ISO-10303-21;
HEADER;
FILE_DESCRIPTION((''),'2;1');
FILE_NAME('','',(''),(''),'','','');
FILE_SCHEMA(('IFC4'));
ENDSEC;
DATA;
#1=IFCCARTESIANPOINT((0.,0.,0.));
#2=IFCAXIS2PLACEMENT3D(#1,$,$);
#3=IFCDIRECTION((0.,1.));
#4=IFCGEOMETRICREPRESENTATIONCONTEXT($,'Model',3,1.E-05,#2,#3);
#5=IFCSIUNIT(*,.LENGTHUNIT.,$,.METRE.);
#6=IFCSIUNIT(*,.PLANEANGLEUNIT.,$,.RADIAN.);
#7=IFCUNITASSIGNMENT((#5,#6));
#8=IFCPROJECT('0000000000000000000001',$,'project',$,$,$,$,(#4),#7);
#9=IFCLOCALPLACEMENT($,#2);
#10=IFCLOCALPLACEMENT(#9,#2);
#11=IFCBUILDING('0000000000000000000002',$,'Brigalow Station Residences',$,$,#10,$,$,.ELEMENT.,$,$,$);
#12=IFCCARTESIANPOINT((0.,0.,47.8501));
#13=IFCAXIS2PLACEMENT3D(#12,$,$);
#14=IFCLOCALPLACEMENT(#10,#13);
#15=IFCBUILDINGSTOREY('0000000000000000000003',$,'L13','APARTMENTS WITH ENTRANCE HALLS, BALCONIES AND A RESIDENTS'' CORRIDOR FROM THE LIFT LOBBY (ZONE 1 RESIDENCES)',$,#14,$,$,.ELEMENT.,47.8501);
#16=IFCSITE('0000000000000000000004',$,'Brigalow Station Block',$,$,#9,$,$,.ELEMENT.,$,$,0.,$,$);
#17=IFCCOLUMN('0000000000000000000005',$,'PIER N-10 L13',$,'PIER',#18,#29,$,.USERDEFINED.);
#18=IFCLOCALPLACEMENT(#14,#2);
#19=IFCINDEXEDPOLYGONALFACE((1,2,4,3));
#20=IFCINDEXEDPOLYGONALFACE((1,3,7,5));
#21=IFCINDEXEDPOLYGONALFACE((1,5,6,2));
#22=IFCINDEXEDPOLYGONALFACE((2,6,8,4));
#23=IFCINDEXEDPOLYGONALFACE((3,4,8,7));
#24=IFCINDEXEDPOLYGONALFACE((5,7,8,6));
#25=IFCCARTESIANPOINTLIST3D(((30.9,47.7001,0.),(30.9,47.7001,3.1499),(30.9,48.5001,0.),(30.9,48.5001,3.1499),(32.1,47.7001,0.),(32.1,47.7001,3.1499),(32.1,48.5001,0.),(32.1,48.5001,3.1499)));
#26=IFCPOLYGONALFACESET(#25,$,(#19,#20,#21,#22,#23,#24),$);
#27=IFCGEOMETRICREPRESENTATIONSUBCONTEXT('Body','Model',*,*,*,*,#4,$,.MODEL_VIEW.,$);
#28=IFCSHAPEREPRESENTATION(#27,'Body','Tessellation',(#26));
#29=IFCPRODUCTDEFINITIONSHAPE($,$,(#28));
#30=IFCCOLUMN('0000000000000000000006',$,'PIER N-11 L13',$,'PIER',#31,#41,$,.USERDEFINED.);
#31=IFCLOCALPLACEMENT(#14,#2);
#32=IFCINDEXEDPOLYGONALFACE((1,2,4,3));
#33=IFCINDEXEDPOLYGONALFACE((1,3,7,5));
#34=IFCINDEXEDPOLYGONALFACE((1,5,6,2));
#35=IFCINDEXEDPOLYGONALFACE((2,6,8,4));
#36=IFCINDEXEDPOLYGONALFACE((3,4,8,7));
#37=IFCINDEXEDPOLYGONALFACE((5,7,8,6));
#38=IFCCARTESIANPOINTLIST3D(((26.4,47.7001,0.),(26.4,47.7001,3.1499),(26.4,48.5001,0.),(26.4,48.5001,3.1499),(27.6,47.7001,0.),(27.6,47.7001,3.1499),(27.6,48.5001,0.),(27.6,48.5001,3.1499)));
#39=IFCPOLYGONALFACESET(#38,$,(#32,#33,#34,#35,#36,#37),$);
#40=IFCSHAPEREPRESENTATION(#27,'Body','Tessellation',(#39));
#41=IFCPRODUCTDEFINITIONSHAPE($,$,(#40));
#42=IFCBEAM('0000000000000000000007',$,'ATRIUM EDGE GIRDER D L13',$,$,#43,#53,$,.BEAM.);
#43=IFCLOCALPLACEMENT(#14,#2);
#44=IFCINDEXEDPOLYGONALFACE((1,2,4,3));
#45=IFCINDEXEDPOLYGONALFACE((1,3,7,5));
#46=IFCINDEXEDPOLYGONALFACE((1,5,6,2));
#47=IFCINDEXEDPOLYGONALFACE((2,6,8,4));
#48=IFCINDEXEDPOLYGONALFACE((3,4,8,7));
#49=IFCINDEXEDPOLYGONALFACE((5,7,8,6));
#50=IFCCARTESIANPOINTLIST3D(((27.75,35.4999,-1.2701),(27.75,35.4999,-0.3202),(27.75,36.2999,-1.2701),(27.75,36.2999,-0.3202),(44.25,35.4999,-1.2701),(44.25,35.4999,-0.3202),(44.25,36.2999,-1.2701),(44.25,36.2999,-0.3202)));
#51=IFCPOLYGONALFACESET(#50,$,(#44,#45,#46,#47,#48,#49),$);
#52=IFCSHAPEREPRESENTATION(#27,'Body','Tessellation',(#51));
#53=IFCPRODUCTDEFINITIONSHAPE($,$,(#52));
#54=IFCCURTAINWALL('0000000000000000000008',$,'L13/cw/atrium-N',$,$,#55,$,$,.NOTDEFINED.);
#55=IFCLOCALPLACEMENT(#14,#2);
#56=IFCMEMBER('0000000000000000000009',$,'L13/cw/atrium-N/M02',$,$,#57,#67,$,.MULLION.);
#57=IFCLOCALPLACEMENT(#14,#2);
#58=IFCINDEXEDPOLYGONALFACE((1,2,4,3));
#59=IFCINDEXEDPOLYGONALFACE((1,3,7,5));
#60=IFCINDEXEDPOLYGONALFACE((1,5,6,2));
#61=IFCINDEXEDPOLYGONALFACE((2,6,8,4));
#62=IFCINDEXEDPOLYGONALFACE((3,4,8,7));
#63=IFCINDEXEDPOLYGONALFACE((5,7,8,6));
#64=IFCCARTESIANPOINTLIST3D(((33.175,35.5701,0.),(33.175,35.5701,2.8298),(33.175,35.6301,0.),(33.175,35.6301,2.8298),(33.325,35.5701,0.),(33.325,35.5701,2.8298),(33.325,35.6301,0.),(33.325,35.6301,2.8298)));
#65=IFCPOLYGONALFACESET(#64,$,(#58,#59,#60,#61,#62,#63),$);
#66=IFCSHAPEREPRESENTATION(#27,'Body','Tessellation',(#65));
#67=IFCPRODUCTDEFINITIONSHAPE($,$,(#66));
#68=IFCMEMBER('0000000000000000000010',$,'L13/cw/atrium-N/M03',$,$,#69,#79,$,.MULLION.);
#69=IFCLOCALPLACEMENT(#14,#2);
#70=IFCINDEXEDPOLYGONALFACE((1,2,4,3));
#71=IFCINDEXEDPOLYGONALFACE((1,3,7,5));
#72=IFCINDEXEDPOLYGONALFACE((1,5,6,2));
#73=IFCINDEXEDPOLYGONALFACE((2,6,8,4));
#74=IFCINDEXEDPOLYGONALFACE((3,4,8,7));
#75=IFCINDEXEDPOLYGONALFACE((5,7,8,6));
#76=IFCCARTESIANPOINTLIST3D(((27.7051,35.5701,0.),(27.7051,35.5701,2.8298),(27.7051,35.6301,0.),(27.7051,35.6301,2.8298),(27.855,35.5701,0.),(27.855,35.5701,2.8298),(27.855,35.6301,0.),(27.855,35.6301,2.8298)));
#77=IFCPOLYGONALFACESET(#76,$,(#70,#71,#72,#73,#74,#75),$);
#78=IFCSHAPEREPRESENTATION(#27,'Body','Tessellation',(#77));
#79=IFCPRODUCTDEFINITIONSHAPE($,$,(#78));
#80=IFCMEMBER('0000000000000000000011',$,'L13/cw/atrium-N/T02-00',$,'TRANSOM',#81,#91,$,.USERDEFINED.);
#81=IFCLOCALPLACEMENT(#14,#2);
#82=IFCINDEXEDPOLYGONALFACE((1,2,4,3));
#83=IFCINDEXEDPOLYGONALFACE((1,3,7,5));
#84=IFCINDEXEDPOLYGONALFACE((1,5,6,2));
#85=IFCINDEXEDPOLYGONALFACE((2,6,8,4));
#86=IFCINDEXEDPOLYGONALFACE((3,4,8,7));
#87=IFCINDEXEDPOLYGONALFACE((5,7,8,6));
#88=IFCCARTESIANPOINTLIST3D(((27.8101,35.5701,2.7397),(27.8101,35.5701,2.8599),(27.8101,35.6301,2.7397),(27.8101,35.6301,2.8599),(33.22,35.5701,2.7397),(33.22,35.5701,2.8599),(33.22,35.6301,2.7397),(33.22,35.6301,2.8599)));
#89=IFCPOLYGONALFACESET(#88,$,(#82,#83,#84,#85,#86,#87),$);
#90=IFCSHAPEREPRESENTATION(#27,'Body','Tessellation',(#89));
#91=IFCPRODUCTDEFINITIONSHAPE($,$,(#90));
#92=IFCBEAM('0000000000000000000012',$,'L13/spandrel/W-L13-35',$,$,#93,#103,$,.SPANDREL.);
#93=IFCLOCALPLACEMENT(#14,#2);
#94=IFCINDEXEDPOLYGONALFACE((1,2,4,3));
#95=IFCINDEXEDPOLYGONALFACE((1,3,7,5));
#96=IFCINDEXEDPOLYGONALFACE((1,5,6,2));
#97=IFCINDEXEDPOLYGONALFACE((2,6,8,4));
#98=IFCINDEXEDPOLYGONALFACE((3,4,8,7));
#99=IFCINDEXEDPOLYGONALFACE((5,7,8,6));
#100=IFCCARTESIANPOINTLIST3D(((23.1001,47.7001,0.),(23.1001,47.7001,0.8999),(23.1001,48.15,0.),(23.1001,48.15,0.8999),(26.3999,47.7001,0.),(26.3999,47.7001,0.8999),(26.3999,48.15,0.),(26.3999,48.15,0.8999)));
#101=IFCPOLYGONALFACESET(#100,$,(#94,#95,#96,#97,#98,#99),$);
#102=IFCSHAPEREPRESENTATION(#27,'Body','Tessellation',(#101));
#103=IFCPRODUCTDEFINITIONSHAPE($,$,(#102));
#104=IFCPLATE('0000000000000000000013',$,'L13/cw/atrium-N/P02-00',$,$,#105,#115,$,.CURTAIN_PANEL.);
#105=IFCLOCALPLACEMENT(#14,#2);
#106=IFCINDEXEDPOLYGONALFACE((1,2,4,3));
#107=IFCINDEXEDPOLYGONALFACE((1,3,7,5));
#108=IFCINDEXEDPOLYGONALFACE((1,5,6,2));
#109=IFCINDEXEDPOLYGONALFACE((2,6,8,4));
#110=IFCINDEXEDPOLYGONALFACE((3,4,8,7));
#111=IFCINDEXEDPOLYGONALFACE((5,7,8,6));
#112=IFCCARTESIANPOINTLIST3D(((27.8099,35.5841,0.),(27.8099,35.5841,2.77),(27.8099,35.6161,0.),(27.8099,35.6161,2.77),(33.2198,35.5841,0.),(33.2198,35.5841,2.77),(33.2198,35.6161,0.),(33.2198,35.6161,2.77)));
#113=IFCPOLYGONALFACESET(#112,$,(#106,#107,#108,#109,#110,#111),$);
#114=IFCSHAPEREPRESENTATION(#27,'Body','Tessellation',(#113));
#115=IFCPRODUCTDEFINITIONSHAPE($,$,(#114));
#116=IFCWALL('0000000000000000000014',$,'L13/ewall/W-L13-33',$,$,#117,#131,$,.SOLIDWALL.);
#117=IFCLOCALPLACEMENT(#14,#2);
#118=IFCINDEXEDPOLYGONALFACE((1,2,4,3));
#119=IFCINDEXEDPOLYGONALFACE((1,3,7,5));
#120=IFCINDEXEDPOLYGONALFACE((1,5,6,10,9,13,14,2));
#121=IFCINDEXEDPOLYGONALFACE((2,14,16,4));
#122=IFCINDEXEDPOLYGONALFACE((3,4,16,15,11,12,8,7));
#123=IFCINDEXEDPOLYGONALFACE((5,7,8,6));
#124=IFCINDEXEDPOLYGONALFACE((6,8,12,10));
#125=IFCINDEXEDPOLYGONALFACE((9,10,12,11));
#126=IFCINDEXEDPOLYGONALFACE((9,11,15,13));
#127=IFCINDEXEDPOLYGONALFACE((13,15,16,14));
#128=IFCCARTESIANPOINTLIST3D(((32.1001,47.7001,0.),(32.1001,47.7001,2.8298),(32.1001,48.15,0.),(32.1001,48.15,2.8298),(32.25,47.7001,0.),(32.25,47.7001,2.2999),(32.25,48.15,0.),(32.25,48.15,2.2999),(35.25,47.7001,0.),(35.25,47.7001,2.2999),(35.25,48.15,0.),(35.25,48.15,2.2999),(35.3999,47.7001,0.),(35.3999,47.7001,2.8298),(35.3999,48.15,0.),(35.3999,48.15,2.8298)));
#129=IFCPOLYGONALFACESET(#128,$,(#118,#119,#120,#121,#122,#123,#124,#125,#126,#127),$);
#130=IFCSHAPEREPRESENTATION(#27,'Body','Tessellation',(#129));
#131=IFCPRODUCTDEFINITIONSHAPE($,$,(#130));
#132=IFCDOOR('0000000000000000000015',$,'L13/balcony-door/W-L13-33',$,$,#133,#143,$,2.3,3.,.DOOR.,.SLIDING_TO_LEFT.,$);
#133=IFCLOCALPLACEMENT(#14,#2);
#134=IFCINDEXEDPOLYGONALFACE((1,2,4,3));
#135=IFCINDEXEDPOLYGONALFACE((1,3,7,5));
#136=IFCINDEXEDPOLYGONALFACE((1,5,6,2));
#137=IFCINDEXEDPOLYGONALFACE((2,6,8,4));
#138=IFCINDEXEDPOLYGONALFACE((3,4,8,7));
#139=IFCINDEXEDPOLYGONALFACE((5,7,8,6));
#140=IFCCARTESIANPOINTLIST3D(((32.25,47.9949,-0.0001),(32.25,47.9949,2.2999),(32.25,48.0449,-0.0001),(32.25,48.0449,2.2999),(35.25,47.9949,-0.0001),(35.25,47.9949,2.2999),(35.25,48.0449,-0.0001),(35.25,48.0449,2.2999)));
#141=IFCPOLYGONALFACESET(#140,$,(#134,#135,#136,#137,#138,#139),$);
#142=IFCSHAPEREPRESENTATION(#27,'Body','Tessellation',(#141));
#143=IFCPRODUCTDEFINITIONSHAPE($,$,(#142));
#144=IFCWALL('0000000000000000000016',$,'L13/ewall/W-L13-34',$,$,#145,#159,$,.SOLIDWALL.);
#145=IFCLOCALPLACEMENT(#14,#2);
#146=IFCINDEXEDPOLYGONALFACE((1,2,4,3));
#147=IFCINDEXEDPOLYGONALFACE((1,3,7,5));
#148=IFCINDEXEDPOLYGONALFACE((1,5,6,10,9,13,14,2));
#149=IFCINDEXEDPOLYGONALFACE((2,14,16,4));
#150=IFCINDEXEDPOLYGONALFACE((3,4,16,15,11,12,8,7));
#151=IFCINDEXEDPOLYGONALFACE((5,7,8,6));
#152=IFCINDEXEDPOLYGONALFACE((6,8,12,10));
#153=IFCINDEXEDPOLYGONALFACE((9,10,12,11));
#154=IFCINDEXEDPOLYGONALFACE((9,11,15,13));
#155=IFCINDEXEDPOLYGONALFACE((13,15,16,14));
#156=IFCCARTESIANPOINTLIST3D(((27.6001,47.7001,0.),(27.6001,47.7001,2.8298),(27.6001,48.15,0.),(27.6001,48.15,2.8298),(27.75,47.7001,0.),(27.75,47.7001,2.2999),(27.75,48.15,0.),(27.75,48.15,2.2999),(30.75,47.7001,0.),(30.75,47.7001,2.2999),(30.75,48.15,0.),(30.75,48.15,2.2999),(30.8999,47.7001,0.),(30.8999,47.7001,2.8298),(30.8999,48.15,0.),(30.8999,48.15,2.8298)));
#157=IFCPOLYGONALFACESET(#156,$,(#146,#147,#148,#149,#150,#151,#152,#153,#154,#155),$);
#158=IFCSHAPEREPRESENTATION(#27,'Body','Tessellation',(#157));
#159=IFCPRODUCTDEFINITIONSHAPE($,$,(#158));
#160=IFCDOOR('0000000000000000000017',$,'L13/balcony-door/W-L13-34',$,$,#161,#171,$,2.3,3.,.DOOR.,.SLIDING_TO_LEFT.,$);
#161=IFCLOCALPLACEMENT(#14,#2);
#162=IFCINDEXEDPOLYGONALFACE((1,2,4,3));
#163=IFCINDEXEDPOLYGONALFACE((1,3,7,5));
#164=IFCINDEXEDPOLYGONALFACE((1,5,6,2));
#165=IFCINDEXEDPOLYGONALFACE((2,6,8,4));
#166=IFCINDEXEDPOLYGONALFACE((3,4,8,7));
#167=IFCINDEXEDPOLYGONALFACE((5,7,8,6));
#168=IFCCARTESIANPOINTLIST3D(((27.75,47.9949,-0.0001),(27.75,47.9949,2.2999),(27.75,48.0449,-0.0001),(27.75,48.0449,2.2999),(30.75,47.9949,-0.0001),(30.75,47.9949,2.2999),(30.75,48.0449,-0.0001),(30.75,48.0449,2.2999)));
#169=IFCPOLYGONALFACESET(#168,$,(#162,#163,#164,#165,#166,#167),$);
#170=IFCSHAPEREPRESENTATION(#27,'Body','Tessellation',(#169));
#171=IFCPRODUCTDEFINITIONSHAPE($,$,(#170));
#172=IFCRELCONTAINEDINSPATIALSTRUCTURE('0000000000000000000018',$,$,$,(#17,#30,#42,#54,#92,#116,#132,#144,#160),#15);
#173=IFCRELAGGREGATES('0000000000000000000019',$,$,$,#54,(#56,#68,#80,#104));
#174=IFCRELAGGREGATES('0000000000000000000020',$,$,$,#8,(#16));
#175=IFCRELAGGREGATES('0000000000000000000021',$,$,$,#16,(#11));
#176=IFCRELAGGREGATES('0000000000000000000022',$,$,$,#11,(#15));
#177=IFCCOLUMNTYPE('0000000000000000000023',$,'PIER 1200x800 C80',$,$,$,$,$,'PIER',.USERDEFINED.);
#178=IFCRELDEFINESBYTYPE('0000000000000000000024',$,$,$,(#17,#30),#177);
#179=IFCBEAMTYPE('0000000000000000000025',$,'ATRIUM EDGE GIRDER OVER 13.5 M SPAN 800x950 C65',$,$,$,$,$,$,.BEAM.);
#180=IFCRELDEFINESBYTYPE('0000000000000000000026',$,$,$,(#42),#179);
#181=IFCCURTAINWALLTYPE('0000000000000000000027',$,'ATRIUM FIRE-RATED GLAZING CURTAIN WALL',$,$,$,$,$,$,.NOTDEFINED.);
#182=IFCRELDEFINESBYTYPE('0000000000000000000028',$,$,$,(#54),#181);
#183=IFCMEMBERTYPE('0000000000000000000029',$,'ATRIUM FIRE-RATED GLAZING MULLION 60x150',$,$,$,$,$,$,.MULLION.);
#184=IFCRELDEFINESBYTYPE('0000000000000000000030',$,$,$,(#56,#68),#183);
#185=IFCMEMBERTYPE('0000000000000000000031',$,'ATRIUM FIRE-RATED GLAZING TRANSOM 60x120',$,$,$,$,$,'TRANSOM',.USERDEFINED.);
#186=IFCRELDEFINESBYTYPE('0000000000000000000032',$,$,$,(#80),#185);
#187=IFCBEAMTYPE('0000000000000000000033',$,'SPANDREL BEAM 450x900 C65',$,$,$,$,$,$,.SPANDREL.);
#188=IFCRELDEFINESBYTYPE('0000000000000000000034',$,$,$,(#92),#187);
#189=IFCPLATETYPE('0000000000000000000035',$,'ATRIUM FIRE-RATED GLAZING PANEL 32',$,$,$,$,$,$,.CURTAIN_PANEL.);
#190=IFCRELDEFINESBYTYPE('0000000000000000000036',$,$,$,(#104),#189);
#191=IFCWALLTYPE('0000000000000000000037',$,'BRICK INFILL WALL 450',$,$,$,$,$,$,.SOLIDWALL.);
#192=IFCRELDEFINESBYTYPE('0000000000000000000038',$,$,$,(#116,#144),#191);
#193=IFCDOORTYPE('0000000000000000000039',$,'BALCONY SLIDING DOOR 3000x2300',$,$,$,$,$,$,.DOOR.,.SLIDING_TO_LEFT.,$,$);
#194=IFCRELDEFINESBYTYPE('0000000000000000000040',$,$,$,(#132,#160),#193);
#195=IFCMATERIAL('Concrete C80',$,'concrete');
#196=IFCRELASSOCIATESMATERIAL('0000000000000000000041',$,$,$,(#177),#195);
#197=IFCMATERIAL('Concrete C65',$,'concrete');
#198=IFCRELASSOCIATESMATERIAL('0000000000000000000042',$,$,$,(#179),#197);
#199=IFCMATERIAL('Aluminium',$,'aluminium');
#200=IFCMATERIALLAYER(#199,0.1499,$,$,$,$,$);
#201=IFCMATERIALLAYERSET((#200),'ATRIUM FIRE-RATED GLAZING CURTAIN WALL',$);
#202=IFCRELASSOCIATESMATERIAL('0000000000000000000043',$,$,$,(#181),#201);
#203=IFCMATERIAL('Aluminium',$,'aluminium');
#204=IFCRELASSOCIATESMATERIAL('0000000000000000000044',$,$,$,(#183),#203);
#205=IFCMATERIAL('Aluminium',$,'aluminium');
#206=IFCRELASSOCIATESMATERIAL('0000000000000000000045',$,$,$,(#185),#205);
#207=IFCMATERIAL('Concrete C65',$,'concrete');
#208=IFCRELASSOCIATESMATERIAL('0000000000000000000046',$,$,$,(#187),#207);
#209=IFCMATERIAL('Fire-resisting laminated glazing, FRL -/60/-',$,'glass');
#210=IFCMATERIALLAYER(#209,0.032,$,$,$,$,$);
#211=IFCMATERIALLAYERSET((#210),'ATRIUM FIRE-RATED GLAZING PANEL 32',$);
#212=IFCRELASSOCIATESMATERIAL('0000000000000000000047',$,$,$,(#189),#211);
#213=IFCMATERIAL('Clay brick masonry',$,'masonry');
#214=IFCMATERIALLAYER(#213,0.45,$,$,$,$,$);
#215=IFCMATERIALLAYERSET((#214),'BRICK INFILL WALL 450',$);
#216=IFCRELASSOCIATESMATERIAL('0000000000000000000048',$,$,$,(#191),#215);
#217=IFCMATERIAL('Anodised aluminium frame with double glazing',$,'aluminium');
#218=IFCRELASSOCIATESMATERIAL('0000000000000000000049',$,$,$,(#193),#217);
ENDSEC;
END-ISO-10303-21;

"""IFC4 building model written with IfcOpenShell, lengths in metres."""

from ifc_helpers import new_model, si_unit, direction, frame, frame_2d, origin, origin_2d, place, context, subcontext, project, spatial, rectangle, extrude, material, layer, layer_set, material_profile, profile_set, type_object, element, fill, aggregate, save


model = new_model("IFC4")

# Units and contexts
model_context = context("Model", 3, precision=1e-05, world=origin(), true_north=direction((0.0, 1.0)))
body_context = subcontext(model_context, "Body", "Model", "MODEL_VIEW")
ifc_project = project(units=[si_unit("LENGTHUNIT", "METRE"), si_unit("PLANEANGLEUNIT", "RADIAN")], contexts=[model_context])

# Site, building, storey
site_placement = place(None, origin())
site = spatial("IfcSite", under=ifc_project, at=site_placement, Name="Brigalow Station Block", CompositionType="ELEMENT", RefElevation=0.0)
building_placement = place(site_placement, origin())
building = spatial("IfcBuilding", under=site, at=building_placement, Name="Brigalow Station Residences", CompositionType="ELEMENT")
storey_placement = place(building_placement, frame((0.0, 0.0, 47.8501)))
storey = spatial("IfcBuildingStorey", under=building, at=storey_placement, Name="L13", Description="APARTMENTS WITH ENTRANCE HALLS, BALCONIES AND A RESIDENTS' CORRIDOR FROM THE LIFT LOBBY (ZONE 1 RESIDENCES)", CompositionType="ELEMENT", Elevation=47.8501)

# Columns
ifc_material_1 = material(Name="Concrete C80", Category="concrete")
ifc_material_profile_1 = material_profile(ifc_material_1, rectangle(XDim=1.2, YDim=0.8, at=origin_2d()), Name="RC1200x800")
ifc_profile_set_1 = profile_set([ifc_material_profile_1], Name="Concrete C80")
column_type = type_object("IfcColumnType", Name="PIER 1200x800 C80", ElementType="PIER", PredefinedType="USERDEFINED", material=ifc_profile_set_1)
for number, where, z_axis, x_axis, name in (
    (1, (31.5, 48.1001, 0.0), (0.0, 0.0, 1.0), (-1.0, 0.0, 0.0), "PIER N-10 L13"),
    (2, (27.0, 48.1001, 0.0), (0.0, 0.0, 1.0), (-1.0, 0.0, 0.0), "PIER N-11 L13"),
):
    element("IfcColumn", number, at=place(storey_placement, frame(where, z_axis=z_axis, x_axis=x_axis)), inside=storey, type_object=column_type, Name=name, ObjectType="PIER", PredefinedType="USERDEFINED", context=body_context, shape_type="SweptSolid", body=[
        extrude(rectangle(XDim=1.2, YDim=0.8, at=origin_2d()), origin(), (0.0, 0.0, 1.0), 3.1499),
    ])

# Beam
ifc_material_2 = material(Name="Concrete C65", Category="concrete")
ifc_material_profile_2 = material_profile(ifc_material_2, rectangle(XDim=0.8, YDim=0.95, at=origin_2d()), Name="RC800x950")
ifc_profile_set_2 = profile_set([ifc_material_profile_2], Name="Concrete C65")
beam_type_1 = type_object("IfcBeamType", Name="ATRIUM EDGE GIRDER OVER 13.5 M SPAN 800x950 C65", PredefinedType="BEAM", material=ifc_profile_set_2)
beam_1_placement = place(storey_placement, frame((27.75, 35.8999, -0.7952), z_axis=(1.0, 0.0, 0.0), x_axis=(0.0, 1.0, 0.0)))
element("IfcBeam", 3, at=beam_1_placement, inside=storey, type_object=beam_type_1, Name="ATRIUM EDGE GIRDER D L13", PredefinedType="BEAM", context=body_context, shape_type="SweptSolid", body=[
    extrude(rectangle(XDim=0.8, YDim=0.95, at=origin_2d()), origin(), (0.0, 0.0, 1.0), 16.5),
])

# Curtain wall, members
ifc_material_3 = material(Name="Aluminium", Category="aluminium")
ifc_layer_1 = layer(ifc_material_3, 0.1499)
ifc_layer_set_1 = layer_set([ifc_layer_1], Name="ATRIUM FIRE-RATED GLAZING CURTAIN WALL")
curtain_wall_type = type_object("IfcCurtainWallType", Name="ATRIUM FIRE-RATED GLAZING CURTAIN WALL", PredefinedType="NOTDEFINED", material=ifc_layer_set_1)
curtain_wall_placement = place(storey_placement, origin())
curtain_wall = element("IfcCurtainWall", 4, at=curtain_wall_placement, inside=storey, type_object=curtain_wall_type, Name="L13/cw/atrium-N", PredefinedType="NOTDEFINED")
ifc_material_4 = material(Name="Aluminium", Category="aluminium")
ifc_material_profile_3 = material_profile(ifc_material_4, rectangle(XDim=0.0601, YDim=0.1499, at=origin_2d()), Name="ATRIUM FIRE-RATED GLAZING MULLION 60x150")
ifc_profile_set_3 = profile_set([ifc_material_profile_3], Name="Aluminium")
member_type_1 = type_object("IfcMemberType", Name="ATRIUM FIRE-RATED GLAZING MULLION 60x150", PredefinedType="MULLION", material=ifc_profile_set_3)
member_1_placement = place(storey_placement, frame((33.25, 35.6001, 0.0), z_axis=(0.0, 0.0, 1.0), x_axis=(0.0, -1.0, 0.0)))
member_1 = element("IfcMember", 5, at=member_1_placement, type_object=member_type_1, Name="L13/cw/atrium-N/M02", PredefinedType="MULLION", context=body_context, shape_type="SweptSolid", body=[
    extrude(rectangle(XDim=0.0601, YDim=0.1499, at=origin_2d()), origin(), (0.0, 0.0, 1.0), 2.8298),
])
member_2_placement = place(storey_placement, frame((27.78, 35.6001, 0.0), z_axis=(0.0, 0.0, 1.0), x_axis=(0.0, -1.0, 0.0)))
member_2 = element("IfcMember", 6, at=member_2_placement, type_object=member_type_1, Name="L13/cw/atrium-N/M03", PredefinedType="MULLION", context=body_context, shape_type="SweptSolid", body=[
    extrude(rectangle(XDim=0.0601, YDim=0.1499, at=origin_2d()), origin(), (0.0, 0.0, 1.0), 2.8298),
])
ifc_material_5 = material(Name="Aluminium", Category="aluminium")
ifc_material_profile_4 = material_profile(ifc_material_5, rectangle(XDim=0.0601, YDim=0.1201, at=origin_2d()), Name="ATRIUM FIRE-RATED GLAZING TRANSOM 60x120")
ifc_profile_set_4 = profile_set([ifc_material_profile_4], Name="Aluminium")
member_type_2 = type_object("IfcMemberType", Name="ATRIUM FIRE-RATED GLAZING TRANSOM 60x120", ElementType="TRANSOM", PredefinedType="USERDEFINED", material=ifc_profile_set_4)
member_3_placement = place(storey_placement, frame((33.22, 35.6001, 2.7998), z_axis=(-1.0, 0.0, 0.0), x_axis=(0.0, -1.0, 0.0)))
member_3 = element("IfcMember", 7, at=member_3_placement, type_object=member_type_2, Name="L13/cw/atrium-N/T02-00", ObjectType="TRANSOM", PredefinedType="USERDEFINED", context=body_context, shape_type="SweptSolid", body=[
    extrude(rectangle(XDim=0.0601, YDim=0.1201, at=origin_2d()), origin(), (0.0, 0.0, 1.0), 5.4099),
])

# Beam
ifc_material_6 = material(Name="Concrete C65", Category="concrete")
ifc_material_profile_5 = material_profile(ifc_material_6, rectangle(XDim=0.45, YDim=0.8999, at=origin_2d()), Name="RC450x900")
ifc_profile_set_5 = profile_set([ifc_material_profile_5], Name="Concrete C65")
beam_type_2 = type_object("IfcBeamType", Name="SPANDREL BEAM 450x900 C65", PredefinedType="SPANDREL", material=ifc_profile_set_5)
beam_2_placement = place(storey_placement, frame((26.3999, 47.925, 0.45), z_axis=(-1.0, 0.0, 0.0), x_axis=(0.0, -1.0, 0.0)))
element("IfcBeam", 8, at=beam_2_placement, inside=storey, type_object=beam_type_2, Name="L13/spandrel/W-L13-35", PredefinedType="SPANDREL", context=body_context, shape_type="SweptSolid", body=[
    extrude(rectangle(XDim=0.45, YDim=0.8999, at=origin_2d()), origin(), (0.0, 0.0, 1.0), 3.2998),
])

# Plate
ifc_material_7 = material(Name="Fire-resisting laminated glazing, FRL -/60/-", Category="glass")
ifc_layer_2 = layer(ifc_material_7, 0.032)
ifc_layer_set_2 = layer_set([ifc_layer_2], Name="ATRIUM FIRE-RATED GLAZING PANEL 32")
plate_type = type_object("IfcPlateType", Name="ATRIUM FIRE-RATED GLAZING PANEL 32", PredefinedType="CURTAIN_PANEL", material=ifc_layer_set_2)
plate_placement = place(storey_placement, frame((30.5149, 35.6001, 0.0), z_axis=(0.0, 0.0, 1.0), x_axis=(-1.0, 0.0, 0.0)))
plate = element("IfcPlate", 9, at=plate_placement, type_object=plate_type, Name="L13/cw/atrium-N/P02-00", PredefinedType="CURTAIN_PANEL", context=body_context, shape_type="SweptSolid", body=[
    extrude(rectangle(XDim=5.4099, YDim=0.032, at=origin_2d()), origin(), (0.0, 0.0, 1.0), 2.77),
])
aggregate(curtain_wall, [member_1, member_2, member_3, plate])

# Walls, openings, doors
ifc_material_8 = material(Name="Clay brick masonry", Category="masonry")
ifc_layer_3 = layer(ifc_material_8, 0.45)
ifc_layer_set_3 = layer_set([ifc_layer_3], Name="BRICK INFILL WALL 450")
wall_type_1 = type_object("IfcWallType", Name="BRICK INFILL WALL 450", PredefinedType="SOLIDWALL", material=ifc_layer_set_3)
wall_1_placement = place(storey_placement, frame((35.3999, 47.925, 0.0), z_axis=(0.0, 0.0, 1.0), x_axis=(-1.0, 0.0, 0.0)))
wall_1 = element("IfcWall", 10, at=wall_1_placement, inside=storey, type_object=wall_type_1, Name="L13/ewall/W-L13-33", PredefinedType="SOLIDWALL", context=body_context, shape_type="SweptSolid", body=[
    extrude(rectangle(XDim=3.2998, YDim=0.45, at=frame_2d((1.6499, 0.0))), origin(), (0.0, 0.0, 1.0), 2.8298),
])
opening_1_placement = place(wall_1_placement, frame((0.1499, 0.0, 0.0)))
opening_1 = element("IfcOpeningElement", 11, at=opening_1_placement, cuts=wall_1, PredefinedType="OPENING", context=body_context, shape_type="SweptSolid", body=[
    extrude(rectangle(XDim=3.0, YDim=2.3, at=frame_2d((1.5, 1.1499))), frame((0.0, 0.2349, 0.0), z_axis=(0.0, -1.0, 0.0), x_axis=(1.0, 0.0, 0.0)), (0.0, 0.0, 1.0), 0.47),
])
ifc_material_9 = material(Name="Anodised aluminium frame with double glazing", Category="aluminium")
door_type_1 = type_object("IfcDoorType", Name="BALCONY SLIDING DOOR 3000x2300", OperationType="SLIDING_TO_LEFT", PredefinedType="DOOR", material=ifc_material_9)
door_1_placement = place(opening_1_placement, origin())
door_1 = element("IfcDoor", 12, at=door_1_placement, inside=storey, type_object=door_type_1, Name="L13/balcony-door/W-L13-33", OperationType="SLIDING_TO_LEFT", OverallHeight=2.3, OverallWidth=3.0, PredefinedType="DOOR", context=body_context, shape_type="SweptSolid", body=[
    extrude(rectangle(XDim=3.0, YDim=2.3, at=frame_2d((1.5, 1.1499))), frame((0.0, -0.0698, 0.0), z_axis=(0.0, -1.0, 0.0), x_axis=(1.0, 0.0, 0.0)), (0.0, 0.0, 1.0), 0.05),
])
fill(opening_1, door_1)
wall_2_placement = place(storey_placement, frame((30.8999, 47.925, 0.0), z_axis=(0.0, 0.0, 1.0), x_axis=(-1.0, 0.0, 0.0)))
wall_2 = element("IfcWall", 13, at=wall_2_placement, inside=storey, type_object=wall_type_1, Name="L13/ewall/W-L13-34", PredefinedType="SOLIDWALL", context=body_context, shape_type="SweptSolid", body=[
    extrude(rectangle(XDim=3.2998, YDim=0.45, at=frame_2d((1.6499, 0.0))), origin(), (0.0, 0.0, 1.0), 2.8298),
])
opening_2_placement = place(wall_2_placement, frame((0.1499, 0.0, 0.0)))
opening_2 = element("IfcOpeningElement", 14, at=opening_2_placement, cuts=wall_2, PredefinedType="OPENING", context=body_context, shape_type="SweptSolid", body=[
    extrude(rectangle(XDim=3.0, YDim=2.3, at=frame_2d((1.5, 1.1499))), frame((0.0, 0.2349, 0.0), z_axis=(0.0, -1.0, 0.0), x_axis=(1.0, 0.0, 0.0)), (0.0, 0.0, 1.0), 0.47),
])
door_2_placement = place(opening_2_placement, origin())
door_2 = element("IfcDoor", 15, at=door_2_placement, inside=storey, type_object=door_type_1, Name="L13/balcony-door/W-L13-34", OperationType="SLIDING_TO_LEFT", OverallHeight=2.3, OverallWidth=3.0, PredefinedType="DOOR", context=body_context, shape_type="SweptSolid", body=[
    extrude(rectangle(XDim=3.0, YDim=2.3, at=frame_2d((1.5, 1.1499))), frame((0.0, -0.0698, 0.0), z_axis=(0.0, -1.0, 0.0), x_axis=(1.0, 0.0, 0.0)), (0.0, 0.0, 1.0), 0.05),
])
fill(opening_2, door_2)

save(model, "model.ifc")
